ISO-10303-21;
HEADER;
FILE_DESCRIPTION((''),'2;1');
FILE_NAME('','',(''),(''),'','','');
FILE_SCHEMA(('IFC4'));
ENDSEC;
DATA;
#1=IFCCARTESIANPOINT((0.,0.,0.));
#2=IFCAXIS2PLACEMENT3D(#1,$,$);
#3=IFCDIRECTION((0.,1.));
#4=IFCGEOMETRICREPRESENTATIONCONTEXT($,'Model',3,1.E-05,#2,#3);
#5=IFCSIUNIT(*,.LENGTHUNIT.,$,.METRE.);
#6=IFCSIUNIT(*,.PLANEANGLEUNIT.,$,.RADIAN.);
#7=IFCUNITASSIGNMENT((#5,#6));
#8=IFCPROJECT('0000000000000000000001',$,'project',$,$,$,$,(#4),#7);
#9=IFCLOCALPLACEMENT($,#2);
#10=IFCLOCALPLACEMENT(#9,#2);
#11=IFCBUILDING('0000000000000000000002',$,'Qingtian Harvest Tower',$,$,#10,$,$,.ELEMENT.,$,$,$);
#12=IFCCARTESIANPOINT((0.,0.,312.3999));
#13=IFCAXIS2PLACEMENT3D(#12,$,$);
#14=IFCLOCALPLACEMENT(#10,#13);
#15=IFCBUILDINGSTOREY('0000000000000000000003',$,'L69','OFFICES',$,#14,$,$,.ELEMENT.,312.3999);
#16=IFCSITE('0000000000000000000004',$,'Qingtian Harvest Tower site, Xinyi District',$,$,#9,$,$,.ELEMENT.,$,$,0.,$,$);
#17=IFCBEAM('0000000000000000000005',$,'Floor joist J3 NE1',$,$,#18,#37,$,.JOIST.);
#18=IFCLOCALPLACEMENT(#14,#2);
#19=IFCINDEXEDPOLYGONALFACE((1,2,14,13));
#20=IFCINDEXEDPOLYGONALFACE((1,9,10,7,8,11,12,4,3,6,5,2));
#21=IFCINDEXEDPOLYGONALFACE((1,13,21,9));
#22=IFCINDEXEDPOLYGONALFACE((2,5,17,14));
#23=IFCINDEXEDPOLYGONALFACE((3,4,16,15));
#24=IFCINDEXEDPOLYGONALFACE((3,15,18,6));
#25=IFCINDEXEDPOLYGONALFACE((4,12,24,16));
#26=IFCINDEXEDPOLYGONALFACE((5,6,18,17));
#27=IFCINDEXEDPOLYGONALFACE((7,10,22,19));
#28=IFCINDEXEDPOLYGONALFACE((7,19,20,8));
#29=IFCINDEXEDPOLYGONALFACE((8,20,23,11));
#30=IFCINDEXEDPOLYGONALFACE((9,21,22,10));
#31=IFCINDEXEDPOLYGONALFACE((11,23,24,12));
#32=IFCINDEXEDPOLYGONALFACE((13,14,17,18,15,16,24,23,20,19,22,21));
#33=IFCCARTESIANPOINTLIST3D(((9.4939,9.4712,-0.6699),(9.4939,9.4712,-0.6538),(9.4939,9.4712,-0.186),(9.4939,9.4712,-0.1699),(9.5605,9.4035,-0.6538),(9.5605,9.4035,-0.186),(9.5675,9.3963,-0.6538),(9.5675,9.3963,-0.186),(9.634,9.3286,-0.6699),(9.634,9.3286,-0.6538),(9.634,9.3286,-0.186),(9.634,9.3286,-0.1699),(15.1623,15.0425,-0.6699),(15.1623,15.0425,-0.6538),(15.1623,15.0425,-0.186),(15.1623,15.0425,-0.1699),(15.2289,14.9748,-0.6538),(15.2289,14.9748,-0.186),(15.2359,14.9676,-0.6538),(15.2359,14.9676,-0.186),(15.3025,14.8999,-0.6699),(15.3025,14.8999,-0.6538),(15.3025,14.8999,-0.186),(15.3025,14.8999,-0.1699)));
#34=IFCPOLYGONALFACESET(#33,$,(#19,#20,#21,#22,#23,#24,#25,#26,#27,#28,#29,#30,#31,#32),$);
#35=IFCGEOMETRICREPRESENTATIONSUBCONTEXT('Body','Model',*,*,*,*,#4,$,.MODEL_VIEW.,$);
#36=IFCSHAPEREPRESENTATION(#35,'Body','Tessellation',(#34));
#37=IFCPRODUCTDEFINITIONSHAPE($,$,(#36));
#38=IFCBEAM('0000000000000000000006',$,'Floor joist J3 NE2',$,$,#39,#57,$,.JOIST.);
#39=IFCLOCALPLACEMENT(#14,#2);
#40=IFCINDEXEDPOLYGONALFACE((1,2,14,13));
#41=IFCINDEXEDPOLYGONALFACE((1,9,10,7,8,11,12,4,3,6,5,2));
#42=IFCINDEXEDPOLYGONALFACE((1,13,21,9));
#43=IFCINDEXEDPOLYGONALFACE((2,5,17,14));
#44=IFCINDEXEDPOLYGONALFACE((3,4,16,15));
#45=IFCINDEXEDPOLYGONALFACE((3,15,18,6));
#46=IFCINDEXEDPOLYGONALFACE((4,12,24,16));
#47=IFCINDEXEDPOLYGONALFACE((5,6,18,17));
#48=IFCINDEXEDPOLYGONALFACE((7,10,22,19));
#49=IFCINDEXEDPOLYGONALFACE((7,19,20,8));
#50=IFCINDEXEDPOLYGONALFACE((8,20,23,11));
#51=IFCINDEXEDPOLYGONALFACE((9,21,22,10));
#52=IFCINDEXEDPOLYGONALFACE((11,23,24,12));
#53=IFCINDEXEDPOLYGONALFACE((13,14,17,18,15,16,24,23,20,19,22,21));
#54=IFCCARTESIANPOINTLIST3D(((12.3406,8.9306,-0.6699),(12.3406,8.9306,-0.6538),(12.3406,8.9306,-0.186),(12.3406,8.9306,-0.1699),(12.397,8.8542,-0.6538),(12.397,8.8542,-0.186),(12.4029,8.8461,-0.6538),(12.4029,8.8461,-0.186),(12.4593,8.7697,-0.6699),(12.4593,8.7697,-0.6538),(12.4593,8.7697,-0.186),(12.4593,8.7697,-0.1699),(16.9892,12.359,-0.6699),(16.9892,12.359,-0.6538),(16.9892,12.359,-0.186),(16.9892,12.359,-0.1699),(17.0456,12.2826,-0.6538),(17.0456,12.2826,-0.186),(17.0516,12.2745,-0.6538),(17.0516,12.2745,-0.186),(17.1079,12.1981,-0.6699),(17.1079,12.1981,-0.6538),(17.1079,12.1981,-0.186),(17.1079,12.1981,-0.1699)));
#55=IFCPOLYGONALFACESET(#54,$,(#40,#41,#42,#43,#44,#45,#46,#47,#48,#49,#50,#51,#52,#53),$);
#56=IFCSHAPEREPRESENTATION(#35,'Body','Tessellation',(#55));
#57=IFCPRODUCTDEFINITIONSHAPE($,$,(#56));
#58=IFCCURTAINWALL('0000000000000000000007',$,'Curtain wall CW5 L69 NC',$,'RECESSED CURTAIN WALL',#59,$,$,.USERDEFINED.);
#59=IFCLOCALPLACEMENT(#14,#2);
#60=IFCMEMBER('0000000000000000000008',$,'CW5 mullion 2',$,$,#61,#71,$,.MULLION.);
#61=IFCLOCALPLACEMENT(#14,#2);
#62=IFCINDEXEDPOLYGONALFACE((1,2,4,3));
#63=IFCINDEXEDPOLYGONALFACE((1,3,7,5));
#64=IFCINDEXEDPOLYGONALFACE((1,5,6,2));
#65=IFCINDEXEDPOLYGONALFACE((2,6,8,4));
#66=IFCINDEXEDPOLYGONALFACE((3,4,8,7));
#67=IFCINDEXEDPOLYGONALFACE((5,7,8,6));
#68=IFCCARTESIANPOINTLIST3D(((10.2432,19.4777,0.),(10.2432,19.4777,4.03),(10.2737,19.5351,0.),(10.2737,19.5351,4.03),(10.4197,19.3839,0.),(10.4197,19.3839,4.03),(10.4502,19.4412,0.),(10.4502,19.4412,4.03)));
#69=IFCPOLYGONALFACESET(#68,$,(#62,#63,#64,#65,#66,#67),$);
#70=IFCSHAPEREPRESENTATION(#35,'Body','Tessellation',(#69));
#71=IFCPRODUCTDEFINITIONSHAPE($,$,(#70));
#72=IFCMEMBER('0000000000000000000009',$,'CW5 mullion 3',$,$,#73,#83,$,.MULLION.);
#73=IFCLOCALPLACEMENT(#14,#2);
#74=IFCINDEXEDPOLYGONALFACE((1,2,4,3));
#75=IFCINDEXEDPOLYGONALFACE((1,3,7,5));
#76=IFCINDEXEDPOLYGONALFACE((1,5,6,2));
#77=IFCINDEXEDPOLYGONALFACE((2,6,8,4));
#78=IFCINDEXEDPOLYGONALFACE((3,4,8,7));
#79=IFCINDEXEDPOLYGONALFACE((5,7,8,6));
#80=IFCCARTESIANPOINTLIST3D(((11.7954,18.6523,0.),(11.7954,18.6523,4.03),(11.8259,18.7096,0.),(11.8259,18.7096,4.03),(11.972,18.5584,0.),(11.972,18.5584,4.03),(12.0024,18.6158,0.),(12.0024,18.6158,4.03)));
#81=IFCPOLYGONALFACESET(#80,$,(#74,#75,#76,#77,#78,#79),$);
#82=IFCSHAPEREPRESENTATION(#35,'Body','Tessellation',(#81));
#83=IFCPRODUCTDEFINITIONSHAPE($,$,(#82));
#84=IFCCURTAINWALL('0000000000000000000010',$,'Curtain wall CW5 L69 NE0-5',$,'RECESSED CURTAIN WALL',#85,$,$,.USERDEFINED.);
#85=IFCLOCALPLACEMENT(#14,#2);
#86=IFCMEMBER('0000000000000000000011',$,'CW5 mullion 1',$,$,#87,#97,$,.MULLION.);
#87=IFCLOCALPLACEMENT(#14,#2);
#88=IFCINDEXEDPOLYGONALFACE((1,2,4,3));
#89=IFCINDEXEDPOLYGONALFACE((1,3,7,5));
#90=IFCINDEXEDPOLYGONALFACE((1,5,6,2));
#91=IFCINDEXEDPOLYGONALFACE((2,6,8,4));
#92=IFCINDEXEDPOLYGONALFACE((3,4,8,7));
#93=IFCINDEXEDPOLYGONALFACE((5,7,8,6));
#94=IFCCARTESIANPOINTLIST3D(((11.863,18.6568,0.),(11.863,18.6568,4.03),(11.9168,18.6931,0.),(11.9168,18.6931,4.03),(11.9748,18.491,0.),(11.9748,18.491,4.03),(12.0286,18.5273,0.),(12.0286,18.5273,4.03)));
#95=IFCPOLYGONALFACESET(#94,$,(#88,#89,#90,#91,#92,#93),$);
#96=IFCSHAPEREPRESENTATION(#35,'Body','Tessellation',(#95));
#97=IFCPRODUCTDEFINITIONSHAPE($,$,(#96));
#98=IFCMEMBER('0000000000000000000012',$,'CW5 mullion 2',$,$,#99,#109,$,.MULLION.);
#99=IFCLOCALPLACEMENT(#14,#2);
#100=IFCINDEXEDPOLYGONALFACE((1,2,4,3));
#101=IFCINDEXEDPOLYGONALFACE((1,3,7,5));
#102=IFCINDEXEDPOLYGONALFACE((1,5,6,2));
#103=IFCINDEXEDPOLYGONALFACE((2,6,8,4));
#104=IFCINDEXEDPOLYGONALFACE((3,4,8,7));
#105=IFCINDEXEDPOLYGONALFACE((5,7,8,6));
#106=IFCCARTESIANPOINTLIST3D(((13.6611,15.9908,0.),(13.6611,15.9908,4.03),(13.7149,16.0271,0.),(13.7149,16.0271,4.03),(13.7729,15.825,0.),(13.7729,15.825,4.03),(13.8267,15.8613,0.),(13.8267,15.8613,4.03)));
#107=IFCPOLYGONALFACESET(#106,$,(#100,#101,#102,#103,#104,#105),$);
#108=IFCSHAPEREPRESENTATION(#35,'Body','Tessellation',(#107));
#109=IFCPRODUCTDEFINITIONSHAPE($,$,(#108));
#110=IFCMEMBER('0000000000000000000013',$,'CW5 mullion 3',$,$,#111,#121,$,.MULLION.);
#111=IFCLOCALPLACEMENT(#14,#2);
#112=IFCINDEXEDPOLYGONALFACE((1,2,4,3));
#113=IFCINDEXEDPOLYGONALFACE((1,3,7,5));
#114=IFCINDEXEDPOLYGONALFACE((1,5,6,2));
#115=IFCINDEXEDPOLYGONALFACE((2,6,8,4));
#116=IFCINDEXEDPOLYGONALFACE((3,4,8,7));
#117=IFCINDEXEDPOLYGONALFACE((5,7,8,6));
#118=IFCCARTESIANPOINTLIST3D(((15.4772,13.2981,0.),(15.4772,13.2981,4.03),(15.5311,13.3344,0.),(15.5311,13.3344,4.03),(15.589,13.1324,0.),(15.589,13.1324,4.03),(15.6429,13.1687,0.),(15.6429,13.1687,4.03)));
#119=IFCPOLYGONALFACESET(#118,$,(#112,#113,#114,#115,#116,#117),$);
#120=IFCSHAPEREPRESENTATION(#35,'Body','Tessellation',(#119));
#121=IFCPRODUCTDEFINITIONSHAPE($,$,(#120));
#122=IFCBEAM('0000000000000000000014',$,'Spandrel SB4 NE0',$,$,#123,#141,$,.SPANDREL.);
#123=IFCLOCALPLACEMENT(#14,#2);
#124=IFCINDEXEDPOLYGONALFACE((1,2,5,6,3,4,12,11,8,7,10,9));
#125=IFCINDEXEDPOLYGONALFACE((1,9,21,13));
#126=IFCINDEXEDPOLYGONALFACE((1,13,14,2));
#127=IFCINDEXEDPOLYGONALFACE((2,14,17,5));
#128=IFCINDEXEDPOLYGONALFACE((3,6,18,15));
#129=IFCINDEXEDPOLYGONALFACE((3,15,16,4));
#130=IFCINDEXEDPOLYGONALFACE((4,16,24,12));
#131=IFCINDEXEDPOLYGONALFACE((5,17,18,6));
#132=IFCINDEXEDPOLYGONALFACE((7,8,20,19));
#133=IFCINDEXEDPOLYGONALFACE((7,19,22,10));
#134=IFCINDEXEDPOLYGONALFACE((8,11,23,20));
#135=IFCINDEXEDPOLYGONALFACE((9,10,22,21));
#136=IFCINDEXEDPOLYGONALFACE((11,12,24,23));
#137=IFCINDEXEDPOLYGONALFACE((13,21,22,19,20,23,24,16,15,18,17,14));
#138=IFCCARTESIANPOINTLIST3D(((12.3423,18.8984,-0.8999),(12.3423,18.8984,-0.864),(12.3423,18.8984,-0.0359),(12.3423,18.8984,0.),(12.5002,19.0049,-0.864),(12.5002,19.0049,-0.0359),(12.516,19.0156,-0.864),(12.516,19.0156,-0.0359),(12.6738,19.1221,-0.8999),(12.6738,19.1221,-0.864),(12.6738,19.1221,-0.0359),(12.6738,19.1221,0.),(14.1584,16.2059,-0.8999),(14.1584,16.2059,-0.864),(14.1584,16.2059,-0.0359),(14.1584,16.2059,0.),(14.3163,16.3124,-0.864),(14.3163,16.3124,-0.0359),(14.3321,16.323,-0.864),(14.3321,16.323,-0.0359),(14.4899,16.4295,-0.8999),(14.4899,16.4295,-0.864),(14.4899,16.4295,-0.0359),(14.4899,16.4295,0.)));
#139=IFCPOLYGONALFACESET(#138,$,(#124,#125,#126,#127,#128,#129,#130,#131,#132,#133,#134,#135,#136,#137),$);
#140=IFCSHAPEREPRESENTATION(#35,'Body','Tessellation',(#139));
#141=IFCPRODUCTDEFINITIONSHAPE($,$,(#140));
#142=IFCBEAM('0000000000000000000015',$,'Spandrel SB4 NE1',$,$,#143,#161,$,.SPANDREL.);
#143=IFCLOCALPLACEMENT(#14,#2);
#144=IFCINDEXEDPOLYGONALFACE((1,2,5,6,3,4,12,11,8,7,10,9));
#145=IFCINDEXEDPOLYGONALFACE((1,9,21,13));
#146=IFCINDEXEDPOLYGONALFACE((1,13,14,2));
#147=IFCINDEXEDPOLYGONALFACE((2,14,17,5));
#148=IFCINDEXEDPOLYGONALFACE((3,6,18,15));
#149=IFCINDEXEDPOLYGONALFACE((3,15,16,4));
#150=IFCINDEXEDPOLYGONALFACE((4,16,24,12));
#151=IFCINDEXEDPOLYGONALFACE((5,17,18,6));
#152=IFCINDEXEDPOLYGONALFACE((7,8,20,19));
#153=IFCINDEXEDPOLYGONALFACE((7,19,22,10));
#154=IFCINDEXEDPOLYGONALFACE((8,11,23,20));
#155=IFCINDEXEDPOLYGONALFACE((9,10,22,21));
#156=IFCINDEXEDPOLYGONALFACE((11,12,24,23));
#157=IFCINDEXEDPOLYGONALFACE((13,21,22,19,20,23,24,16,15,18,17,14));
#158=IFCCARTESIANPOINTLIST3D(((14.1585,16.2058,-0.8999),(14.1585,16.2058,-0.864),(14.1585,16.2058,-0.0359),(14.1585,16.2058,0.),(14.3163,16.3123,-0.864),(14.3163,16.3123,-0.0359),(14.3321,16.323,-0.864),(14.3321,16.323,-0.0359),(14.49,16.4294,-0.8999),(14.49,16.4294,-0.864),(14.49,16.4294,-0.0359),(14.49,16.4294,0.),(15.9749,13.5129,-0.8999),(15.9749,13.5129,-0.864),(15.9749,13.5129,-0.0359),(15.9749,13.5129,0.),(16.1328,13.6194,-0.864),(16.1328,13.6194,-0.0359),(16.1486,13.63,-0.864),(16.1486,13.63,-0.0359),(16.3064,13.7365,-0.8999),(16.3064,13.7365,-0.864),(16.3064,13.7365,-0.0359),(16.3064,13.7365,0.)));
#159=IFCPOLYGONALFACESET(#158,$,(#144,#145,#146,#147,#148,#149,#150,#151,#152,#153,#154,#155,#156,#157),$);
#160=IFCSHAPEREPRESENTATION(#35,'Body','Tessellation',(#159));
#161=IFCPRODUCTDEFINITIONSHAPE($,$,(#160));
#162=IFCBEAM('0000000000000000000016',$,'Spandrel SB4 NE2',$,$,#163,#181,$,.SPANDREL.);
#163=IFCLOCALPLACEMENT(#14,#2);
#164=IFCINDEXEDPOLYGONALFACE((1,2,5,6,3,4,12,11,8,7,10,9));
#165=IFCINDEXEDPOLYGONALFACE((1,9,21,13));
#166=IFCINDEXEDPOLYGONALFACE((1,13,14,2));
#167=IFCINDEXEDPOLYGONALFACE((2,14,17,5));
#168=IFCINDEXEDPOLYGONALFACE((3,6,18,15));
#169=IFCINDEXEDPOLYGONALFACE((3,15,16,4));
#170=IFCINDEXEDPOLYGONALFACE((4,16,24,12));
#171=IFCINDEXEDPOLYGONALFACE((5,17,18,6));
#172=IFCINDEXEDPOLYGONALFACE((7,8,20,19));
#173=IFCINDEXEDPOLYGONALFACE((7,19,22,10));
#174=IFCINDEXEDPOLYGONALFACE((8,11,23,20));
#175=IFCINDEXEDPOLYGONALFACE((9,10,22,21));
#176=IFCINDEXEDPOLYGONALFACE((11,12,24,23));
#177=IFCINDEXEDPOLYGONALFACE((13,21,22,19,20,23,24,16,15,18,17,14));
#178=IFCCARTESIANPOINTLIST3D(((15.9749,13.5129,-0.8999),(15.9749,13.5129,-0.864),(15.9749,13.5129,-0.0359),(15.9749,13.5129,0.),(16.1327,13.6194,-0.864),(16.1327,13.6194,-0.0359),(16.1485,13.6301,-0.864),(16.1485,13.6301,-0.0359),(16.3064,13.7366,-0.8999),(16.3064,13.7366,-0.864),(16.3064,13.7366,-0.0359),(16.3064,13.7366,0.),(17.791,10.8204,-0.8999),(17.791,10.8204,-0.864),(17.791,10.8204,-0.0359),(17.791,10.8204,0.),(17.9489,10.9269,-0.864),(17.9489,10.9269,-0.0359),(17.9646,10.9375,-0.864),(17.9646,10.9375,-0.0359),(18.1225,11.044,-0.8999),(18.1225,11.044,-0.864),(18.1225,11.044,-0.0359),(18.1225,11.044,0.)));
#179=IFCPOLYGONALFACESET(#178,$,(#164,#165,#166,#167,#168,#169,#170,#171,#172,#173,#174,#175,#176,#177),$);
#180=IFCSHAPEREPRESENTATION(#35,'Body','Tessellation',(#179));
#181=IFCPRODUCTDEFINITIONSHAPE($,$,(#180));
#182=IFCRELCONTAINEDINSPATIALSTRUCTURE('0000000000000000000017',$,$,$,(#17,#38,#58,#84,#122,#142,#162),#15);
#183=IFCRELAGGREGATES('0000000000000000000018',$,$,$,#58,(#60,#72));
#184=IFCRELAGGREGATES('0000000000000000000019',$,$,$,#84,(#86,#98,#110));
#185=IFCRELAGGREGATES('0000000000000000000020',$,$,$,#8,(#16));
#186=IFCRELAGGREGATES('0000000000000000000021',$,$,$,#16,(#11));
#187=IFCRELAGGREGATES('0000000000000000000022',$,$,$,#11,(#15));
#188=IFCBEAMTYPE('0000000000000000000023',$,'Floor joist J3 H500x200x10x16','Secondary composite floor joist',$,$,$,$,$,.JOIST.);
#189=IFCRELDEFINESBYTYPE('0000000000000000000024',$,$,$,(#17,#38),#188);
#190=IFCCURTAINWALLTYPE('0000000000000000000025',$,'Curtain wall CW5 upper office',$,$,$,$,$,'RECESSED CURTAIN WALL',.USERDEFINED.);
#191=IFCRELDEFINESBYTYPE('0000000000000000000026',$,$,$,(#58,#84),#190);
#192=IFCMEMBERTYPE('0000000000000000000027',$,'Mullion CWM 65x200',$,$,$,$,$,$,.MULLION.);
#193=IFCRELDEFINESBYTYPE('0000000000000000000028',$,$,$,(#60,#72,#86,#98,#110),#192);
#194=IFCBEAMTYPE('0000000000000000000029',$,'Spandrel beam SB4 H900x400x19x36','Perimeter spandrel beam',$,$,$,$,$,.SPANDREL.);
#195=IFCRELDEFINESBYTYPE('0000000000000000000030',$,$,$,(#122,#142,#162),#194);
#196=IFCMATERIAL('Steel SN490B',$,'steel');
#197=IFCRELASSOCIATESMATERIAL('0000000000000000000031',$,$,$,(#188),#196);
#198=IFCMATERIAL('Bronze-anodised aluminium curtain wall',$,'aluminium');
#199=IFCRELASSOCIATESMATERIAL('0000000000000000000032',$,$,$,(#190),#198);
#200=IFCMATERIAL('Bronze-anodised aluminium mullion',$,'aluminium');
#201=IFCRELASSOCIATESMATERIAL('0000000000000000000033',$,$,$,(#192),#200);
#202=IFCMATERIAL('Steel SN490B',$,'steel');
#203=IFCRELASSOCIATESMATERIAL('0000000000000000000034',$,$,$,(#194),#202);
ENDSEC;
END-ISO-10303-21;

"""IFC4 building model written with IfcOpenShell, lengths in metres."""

from ifc_helpers import new_model, si_unit, direction, frame, origin, origin_2d, place, context, subcontext, project, spatial, rectangle, i_section, extrude, material, material_profile, profile_set, type_object, element, aggregate, save


model = new_model("IFC4")

# Units and contexts
model_context = context("Model", 3, precision=1e-05, world=origin(), true_north=direction((0.0, 1.0)))
body_context = subcontext(model_context, "Body", "Model", "MODEL_VIEW")
ifc_project = project(units=[si_unit("LENGTHUNIT", "METRE"), si_unit("PLANEANGLEUNIT", "RADIAN")], contexts=[model_context])

# Site, building, storey
site_placement = place(None, origin())
site = spatial("IfcSite", under=ifc_project, at=site_placement, Name="Qingtian Harvest Tower site, Xinyi District", CompositionType="ELEMENT", RefElevation=0.0)
building_placement = place(site_placement, origin())
building = spatial("IfcBuilding", under=site, at=building_placement, Name="Qingtian Harvest Tower", CompositionType="ELEMENT")
storey_placement = place(building_placement, frame((0.0, 0.0, 312.3999)))
storey = spatial("IfcBuildingStorey", under=building, at=storey_placement, Name="L69", Description="OFFICES", CompositionType="ELEMENT", Elevation=312.3999)

# Beams
ifc_material_1 = material(Name="Steel SN490B", Category="steel")
ifc_material_profile_1 = material_profile(ifc_material_1, i_section(OverallWidth=0.2, OverallDepth=0.5, WebThickness=0.01, FlangeThickness=0.0161, at=origin_2d()), Name="H500x200x10x16")
ifc_profile_set_1 = profile_set([ifc_material_profile_1], Name="Steel SN490B")
beam_type_1 = type_object("IfcBeamType", Name="Floor joist J3 H500x200x10x16", Description="Secondary composite floor joist", PredefinedType="JOIST", material=ifc_profile_set_1)
beam_1_placement = place(storey_placement, frame((15.2324, 14.9712, -0.4199), z_axis=(-0.713193, -0.700968, 0.0), x_axis=(0.700968, -0.713193, 0.0)))
element("IfcBeam", 1, at=beam_1_placement, inside=storey, type_object=beam_type_1, Name="Floor joist J3 NE1", PredefinedType="JOIST", context=body_context, shape_type="SweptSolid", body=[
    extrude(i_section(OverallWidth=0.2, OverallDepth=0.5, WebThickness=0.01, FlangeThickness=0.0161, at=origin_2d()), origin(), (0.0, 0.0, 1.0), 7.948),
])
beam_2_placement = place(storey_placement, frame((17.0486, 12.2786, -0.4199), z_axis=(-0.804798, -0.593549, 0.0), x_axis=(0.593549, -0.804798, 0.0)))
element("IfcBeam", 2, at=beam_2_placement, inside=storey, type_object=beam_type_1, Name="Floor joist J3 NE2", PredefinedType="JOIST", context=body_context, shape_type="SweptSolid", body=[
    extrude(i_section(OverallWidth=0.2, OverallDepth=0.5, WebThickness=0.01, FlangeThickness=0.0161, at=origin_2d()), origin(), (0.0, 0.0, 1.0), 5.7761),
])

# Curtain walls, members
ifc_material_2 = material(Name="Bronze-anodised aluminium curtain wall", Category="aluminium")
curtain_wall_type = type_object("IfcCurtainWallType", Name="Curtain wall CW5 upper office", ElementType="RECESSED CURTAIN WALL", PredefinedType="USERDEFINED", material=ifc_material_2)
curtain_wall_1_placement = place(storey_placement, origin())
curtain_wall_1 = element("IfcCurtainWall", 3, at=curtain_wall_1_placement, inside=storey, type_object=curtain_wall_type, Name="Curtain wall CW5 L69 NC", ObjectType="RECESSED CURTAIN WALL", PredefinedType="USERDEFINED")
ifc_material_3 = material(Name="Bronze-anodised aluminium mullion", Category="aluminium")
ifc_material_profile_2 = material_profile(ifc_material_3, rectangle(XDim=0.0649, YDim=0.2, at=origin_2d()), Name="AL 65x200")
ifc_profile_set_2 = profile_set([ifc_material_profile_2], Name="Bronze-anodised aluminium mullion")
member_type_1 = type_object("IfcMemberType", Name="Mullion CWM 65x200", PredefinedType="MULLION", material=ifc_profile_set_2)
member_1_placement = place(storey_placement, frame((10.3467, 19.4595, 0.0), z_axis=(0.0, 0.0, 1.0), x_axis=(0.469472, 0.882948, 0.0)))
member_1 = element("IfcMember", 4, at=member_1_placement, type_object=member_type_1, Name="CW5 mullion 2", PredefinedType="MULLION", context=body_context, shape_type="SweptSolid", body=[
    extrude(rectangle(XDim=0.0649, YDim=0.2, at=origin_2d()), origin(), (0.0, 0.0, 1.0), 4.03),
])
member_2_placement = place(storey_placement, frame((11.8989, 18.634, 0.0), z_axis=(0.0, 0.0, 1.0), x_axis=(0.469472, 0.882948, 0.0)))
member_2 = element("IfcMember", 5, at=member_2_placement, type_object=member_type_1, Name="CW5 mullion 3", PredefinedType="MULLION", context=body_context, shape_type="SweptSolid", body=[
    extrude(rectangle(XDim=0.0649, YDim=0.2, at=origin_2d()), origin(), (0.0, 0.0, 1.0), 4.03),
])
curtain_wall_2_placement = place(storey_placement, origin())
curtain_wall_2 = element("IfcCurtainWall", 6, at=curtain_wall_2_placement, inside=storey, type_object=curtain_wall_type, Name="Curtain wall CW5 L69 NE0-5", ObjectType="RECESSED CURTAIN WALL", PredefinedType="USERDEFINED")
member_3_placement = place(storey_placement, frame((11.9458, 18.592, 0.0), z_axis=(0.0, 0.0, 1.0), x_axis=(0.829038, 0.559193, 0.0)))
member_3 = element("IfcMember", 7, at=member_3_placement, type_object=member_type_1, Name="CW5 mullion 1", PredefinedType="MULLION", context=body_context, shape_type="SweptSolid", body=[
    extrude(rectangle(XDim=0.0649, YDim=0.2, at=origin_2d()), origin(), (0.0, 0.0, 1.0), 4.03),
])
member_4_placement = place(storey_placement, frame((13.7439, 15.926, 0.0), z_axis=(0.0, 0.0, 1.0), x_axis=(0.829038, 0.559193, 0.0)))
member_4 = element("IfcMember", 8, at=member_4_placement, type_object=member_type_1, Name="CW5 mullion 2", PredefinedType="MULLION", context=body_context, shape_type="SweptSolid", body=[
    extrude(rectangle(XDim=0.0649, YDim=0.2, at=origin_2d()), origin(), (0.0, 0.0, 1.0), 4.03),
])
member_5_placement = place(storey_placement, frame((15.5601, 13.2334, 0.0), z_axis=(0.0, 0.0, 1.0), x_axis=(0.829038, 0.559193, 0.0)))
member_5 = element("IfcMember", 9, at=member_5_placement, type_object=member_type_1, Name="CW5 mullion 3", PredefinedType="MULLION", context=body_context, shape_type="SweptSolid", body=[
    extrude(rectangle(XDim=0.0649, YDim=0.2, at=origin_2d()), origin(), (0.0, 0.0, 1.0), 4.03),
])

# Beams
ifc_material_4 = material(Name="Steel SN490B", Category="steel")
ifc_material_profile_3 = material_profile(ifc_material_4, i_section(OverallWidth=0.3999, OverallDepth=0.8999, WebThickness=0.019, FlangeThickness=0.0359, at=origin_2d()), Name="H900x400x19x36")
ifc_profile_set_3 = profile_set([ifc_material_profile_3], Name="Steel SN490B")
beam_type_2 = type_object("IfcBeamType", Name="Spandrel beam SB4 H900x400x19x36", Description="Perimeter spandrel beam", PredefinedType="SPANDREL", material=ifc_profile_set_3)
beam_3_placement = place(storey_placement, frame((12.5081, 19.0103, -0.45), z_axis=(0.559185, -0.829043, 0.0), x_axis=(0.829043, 0.559185, 0.0)))
element("IfcBeam", 10, at=beam_3_placement, inside=storey, type_object=beam_type_2, Name="Spandrel SB4 NE0", PredefinedType="SPANDREL", context=body_context, shape_type="SweptSolid", body=[
    extrude(i_section(OverallWidth=0.3999, OverallDepth=0.8999, WebThickness=0.019, FlangeThickness=0.0359, at=origin_2d()), origin(), (0.0, 0.0, 1.0), 3.2478),
])
beam_4_placement = place(storey_placement, frame((14.3242, 16.3176, -0.45), z_axis=(0.559202, -0.829032, 0.0), x_axis=(0.829032, 0.559202, 0.0)))
element("IfcBeam", 11, at=beam_4_placement, inside=storey, type_object=beam_type_2, Name="Spandrel SB4 NE1", PredefinedType="SPANDREL", context=body_context, shape_type="SweptSolid", body=[
    extrude(i_section(OverallWidth=0.3999, OverallDepth=0.8999, WebThickness=0.019, FlangeThickness=0.0359, at=origin_2d()), origin(), (0.0, 0.0, 1.0), 3.2483),
])
beam_5_placement = place(storey_placement, frame((16.1406, 13.6248, -0.45), z_axis=(0.559185, -0.829043, 0.0), x_axis=(0.829043, 0.559185, 0.0)))
element("IfcBeam", 12, at=beam_5_placement, inside=storey, type_object=beam_type_2, Name="Spandrel SB4 NE2", PredefinedType="SPANDREL", context=body_context, shape_type="SweptSolid", body=[
    extrude(i_section(OverallWidth=0.3999, OverallDepth=0.8999, WebThickness=0.019, FlangeThickness=0.0359, at=origin_2d()), origin(), (0.0, 0.0, 1.0), 3.2478),
])

aggregate(curtain_wall_1, [member_1, member_2])
aggregate(curtain_wall_2, [member_3, member_4, member_5])

save(model, "model.ifc")
